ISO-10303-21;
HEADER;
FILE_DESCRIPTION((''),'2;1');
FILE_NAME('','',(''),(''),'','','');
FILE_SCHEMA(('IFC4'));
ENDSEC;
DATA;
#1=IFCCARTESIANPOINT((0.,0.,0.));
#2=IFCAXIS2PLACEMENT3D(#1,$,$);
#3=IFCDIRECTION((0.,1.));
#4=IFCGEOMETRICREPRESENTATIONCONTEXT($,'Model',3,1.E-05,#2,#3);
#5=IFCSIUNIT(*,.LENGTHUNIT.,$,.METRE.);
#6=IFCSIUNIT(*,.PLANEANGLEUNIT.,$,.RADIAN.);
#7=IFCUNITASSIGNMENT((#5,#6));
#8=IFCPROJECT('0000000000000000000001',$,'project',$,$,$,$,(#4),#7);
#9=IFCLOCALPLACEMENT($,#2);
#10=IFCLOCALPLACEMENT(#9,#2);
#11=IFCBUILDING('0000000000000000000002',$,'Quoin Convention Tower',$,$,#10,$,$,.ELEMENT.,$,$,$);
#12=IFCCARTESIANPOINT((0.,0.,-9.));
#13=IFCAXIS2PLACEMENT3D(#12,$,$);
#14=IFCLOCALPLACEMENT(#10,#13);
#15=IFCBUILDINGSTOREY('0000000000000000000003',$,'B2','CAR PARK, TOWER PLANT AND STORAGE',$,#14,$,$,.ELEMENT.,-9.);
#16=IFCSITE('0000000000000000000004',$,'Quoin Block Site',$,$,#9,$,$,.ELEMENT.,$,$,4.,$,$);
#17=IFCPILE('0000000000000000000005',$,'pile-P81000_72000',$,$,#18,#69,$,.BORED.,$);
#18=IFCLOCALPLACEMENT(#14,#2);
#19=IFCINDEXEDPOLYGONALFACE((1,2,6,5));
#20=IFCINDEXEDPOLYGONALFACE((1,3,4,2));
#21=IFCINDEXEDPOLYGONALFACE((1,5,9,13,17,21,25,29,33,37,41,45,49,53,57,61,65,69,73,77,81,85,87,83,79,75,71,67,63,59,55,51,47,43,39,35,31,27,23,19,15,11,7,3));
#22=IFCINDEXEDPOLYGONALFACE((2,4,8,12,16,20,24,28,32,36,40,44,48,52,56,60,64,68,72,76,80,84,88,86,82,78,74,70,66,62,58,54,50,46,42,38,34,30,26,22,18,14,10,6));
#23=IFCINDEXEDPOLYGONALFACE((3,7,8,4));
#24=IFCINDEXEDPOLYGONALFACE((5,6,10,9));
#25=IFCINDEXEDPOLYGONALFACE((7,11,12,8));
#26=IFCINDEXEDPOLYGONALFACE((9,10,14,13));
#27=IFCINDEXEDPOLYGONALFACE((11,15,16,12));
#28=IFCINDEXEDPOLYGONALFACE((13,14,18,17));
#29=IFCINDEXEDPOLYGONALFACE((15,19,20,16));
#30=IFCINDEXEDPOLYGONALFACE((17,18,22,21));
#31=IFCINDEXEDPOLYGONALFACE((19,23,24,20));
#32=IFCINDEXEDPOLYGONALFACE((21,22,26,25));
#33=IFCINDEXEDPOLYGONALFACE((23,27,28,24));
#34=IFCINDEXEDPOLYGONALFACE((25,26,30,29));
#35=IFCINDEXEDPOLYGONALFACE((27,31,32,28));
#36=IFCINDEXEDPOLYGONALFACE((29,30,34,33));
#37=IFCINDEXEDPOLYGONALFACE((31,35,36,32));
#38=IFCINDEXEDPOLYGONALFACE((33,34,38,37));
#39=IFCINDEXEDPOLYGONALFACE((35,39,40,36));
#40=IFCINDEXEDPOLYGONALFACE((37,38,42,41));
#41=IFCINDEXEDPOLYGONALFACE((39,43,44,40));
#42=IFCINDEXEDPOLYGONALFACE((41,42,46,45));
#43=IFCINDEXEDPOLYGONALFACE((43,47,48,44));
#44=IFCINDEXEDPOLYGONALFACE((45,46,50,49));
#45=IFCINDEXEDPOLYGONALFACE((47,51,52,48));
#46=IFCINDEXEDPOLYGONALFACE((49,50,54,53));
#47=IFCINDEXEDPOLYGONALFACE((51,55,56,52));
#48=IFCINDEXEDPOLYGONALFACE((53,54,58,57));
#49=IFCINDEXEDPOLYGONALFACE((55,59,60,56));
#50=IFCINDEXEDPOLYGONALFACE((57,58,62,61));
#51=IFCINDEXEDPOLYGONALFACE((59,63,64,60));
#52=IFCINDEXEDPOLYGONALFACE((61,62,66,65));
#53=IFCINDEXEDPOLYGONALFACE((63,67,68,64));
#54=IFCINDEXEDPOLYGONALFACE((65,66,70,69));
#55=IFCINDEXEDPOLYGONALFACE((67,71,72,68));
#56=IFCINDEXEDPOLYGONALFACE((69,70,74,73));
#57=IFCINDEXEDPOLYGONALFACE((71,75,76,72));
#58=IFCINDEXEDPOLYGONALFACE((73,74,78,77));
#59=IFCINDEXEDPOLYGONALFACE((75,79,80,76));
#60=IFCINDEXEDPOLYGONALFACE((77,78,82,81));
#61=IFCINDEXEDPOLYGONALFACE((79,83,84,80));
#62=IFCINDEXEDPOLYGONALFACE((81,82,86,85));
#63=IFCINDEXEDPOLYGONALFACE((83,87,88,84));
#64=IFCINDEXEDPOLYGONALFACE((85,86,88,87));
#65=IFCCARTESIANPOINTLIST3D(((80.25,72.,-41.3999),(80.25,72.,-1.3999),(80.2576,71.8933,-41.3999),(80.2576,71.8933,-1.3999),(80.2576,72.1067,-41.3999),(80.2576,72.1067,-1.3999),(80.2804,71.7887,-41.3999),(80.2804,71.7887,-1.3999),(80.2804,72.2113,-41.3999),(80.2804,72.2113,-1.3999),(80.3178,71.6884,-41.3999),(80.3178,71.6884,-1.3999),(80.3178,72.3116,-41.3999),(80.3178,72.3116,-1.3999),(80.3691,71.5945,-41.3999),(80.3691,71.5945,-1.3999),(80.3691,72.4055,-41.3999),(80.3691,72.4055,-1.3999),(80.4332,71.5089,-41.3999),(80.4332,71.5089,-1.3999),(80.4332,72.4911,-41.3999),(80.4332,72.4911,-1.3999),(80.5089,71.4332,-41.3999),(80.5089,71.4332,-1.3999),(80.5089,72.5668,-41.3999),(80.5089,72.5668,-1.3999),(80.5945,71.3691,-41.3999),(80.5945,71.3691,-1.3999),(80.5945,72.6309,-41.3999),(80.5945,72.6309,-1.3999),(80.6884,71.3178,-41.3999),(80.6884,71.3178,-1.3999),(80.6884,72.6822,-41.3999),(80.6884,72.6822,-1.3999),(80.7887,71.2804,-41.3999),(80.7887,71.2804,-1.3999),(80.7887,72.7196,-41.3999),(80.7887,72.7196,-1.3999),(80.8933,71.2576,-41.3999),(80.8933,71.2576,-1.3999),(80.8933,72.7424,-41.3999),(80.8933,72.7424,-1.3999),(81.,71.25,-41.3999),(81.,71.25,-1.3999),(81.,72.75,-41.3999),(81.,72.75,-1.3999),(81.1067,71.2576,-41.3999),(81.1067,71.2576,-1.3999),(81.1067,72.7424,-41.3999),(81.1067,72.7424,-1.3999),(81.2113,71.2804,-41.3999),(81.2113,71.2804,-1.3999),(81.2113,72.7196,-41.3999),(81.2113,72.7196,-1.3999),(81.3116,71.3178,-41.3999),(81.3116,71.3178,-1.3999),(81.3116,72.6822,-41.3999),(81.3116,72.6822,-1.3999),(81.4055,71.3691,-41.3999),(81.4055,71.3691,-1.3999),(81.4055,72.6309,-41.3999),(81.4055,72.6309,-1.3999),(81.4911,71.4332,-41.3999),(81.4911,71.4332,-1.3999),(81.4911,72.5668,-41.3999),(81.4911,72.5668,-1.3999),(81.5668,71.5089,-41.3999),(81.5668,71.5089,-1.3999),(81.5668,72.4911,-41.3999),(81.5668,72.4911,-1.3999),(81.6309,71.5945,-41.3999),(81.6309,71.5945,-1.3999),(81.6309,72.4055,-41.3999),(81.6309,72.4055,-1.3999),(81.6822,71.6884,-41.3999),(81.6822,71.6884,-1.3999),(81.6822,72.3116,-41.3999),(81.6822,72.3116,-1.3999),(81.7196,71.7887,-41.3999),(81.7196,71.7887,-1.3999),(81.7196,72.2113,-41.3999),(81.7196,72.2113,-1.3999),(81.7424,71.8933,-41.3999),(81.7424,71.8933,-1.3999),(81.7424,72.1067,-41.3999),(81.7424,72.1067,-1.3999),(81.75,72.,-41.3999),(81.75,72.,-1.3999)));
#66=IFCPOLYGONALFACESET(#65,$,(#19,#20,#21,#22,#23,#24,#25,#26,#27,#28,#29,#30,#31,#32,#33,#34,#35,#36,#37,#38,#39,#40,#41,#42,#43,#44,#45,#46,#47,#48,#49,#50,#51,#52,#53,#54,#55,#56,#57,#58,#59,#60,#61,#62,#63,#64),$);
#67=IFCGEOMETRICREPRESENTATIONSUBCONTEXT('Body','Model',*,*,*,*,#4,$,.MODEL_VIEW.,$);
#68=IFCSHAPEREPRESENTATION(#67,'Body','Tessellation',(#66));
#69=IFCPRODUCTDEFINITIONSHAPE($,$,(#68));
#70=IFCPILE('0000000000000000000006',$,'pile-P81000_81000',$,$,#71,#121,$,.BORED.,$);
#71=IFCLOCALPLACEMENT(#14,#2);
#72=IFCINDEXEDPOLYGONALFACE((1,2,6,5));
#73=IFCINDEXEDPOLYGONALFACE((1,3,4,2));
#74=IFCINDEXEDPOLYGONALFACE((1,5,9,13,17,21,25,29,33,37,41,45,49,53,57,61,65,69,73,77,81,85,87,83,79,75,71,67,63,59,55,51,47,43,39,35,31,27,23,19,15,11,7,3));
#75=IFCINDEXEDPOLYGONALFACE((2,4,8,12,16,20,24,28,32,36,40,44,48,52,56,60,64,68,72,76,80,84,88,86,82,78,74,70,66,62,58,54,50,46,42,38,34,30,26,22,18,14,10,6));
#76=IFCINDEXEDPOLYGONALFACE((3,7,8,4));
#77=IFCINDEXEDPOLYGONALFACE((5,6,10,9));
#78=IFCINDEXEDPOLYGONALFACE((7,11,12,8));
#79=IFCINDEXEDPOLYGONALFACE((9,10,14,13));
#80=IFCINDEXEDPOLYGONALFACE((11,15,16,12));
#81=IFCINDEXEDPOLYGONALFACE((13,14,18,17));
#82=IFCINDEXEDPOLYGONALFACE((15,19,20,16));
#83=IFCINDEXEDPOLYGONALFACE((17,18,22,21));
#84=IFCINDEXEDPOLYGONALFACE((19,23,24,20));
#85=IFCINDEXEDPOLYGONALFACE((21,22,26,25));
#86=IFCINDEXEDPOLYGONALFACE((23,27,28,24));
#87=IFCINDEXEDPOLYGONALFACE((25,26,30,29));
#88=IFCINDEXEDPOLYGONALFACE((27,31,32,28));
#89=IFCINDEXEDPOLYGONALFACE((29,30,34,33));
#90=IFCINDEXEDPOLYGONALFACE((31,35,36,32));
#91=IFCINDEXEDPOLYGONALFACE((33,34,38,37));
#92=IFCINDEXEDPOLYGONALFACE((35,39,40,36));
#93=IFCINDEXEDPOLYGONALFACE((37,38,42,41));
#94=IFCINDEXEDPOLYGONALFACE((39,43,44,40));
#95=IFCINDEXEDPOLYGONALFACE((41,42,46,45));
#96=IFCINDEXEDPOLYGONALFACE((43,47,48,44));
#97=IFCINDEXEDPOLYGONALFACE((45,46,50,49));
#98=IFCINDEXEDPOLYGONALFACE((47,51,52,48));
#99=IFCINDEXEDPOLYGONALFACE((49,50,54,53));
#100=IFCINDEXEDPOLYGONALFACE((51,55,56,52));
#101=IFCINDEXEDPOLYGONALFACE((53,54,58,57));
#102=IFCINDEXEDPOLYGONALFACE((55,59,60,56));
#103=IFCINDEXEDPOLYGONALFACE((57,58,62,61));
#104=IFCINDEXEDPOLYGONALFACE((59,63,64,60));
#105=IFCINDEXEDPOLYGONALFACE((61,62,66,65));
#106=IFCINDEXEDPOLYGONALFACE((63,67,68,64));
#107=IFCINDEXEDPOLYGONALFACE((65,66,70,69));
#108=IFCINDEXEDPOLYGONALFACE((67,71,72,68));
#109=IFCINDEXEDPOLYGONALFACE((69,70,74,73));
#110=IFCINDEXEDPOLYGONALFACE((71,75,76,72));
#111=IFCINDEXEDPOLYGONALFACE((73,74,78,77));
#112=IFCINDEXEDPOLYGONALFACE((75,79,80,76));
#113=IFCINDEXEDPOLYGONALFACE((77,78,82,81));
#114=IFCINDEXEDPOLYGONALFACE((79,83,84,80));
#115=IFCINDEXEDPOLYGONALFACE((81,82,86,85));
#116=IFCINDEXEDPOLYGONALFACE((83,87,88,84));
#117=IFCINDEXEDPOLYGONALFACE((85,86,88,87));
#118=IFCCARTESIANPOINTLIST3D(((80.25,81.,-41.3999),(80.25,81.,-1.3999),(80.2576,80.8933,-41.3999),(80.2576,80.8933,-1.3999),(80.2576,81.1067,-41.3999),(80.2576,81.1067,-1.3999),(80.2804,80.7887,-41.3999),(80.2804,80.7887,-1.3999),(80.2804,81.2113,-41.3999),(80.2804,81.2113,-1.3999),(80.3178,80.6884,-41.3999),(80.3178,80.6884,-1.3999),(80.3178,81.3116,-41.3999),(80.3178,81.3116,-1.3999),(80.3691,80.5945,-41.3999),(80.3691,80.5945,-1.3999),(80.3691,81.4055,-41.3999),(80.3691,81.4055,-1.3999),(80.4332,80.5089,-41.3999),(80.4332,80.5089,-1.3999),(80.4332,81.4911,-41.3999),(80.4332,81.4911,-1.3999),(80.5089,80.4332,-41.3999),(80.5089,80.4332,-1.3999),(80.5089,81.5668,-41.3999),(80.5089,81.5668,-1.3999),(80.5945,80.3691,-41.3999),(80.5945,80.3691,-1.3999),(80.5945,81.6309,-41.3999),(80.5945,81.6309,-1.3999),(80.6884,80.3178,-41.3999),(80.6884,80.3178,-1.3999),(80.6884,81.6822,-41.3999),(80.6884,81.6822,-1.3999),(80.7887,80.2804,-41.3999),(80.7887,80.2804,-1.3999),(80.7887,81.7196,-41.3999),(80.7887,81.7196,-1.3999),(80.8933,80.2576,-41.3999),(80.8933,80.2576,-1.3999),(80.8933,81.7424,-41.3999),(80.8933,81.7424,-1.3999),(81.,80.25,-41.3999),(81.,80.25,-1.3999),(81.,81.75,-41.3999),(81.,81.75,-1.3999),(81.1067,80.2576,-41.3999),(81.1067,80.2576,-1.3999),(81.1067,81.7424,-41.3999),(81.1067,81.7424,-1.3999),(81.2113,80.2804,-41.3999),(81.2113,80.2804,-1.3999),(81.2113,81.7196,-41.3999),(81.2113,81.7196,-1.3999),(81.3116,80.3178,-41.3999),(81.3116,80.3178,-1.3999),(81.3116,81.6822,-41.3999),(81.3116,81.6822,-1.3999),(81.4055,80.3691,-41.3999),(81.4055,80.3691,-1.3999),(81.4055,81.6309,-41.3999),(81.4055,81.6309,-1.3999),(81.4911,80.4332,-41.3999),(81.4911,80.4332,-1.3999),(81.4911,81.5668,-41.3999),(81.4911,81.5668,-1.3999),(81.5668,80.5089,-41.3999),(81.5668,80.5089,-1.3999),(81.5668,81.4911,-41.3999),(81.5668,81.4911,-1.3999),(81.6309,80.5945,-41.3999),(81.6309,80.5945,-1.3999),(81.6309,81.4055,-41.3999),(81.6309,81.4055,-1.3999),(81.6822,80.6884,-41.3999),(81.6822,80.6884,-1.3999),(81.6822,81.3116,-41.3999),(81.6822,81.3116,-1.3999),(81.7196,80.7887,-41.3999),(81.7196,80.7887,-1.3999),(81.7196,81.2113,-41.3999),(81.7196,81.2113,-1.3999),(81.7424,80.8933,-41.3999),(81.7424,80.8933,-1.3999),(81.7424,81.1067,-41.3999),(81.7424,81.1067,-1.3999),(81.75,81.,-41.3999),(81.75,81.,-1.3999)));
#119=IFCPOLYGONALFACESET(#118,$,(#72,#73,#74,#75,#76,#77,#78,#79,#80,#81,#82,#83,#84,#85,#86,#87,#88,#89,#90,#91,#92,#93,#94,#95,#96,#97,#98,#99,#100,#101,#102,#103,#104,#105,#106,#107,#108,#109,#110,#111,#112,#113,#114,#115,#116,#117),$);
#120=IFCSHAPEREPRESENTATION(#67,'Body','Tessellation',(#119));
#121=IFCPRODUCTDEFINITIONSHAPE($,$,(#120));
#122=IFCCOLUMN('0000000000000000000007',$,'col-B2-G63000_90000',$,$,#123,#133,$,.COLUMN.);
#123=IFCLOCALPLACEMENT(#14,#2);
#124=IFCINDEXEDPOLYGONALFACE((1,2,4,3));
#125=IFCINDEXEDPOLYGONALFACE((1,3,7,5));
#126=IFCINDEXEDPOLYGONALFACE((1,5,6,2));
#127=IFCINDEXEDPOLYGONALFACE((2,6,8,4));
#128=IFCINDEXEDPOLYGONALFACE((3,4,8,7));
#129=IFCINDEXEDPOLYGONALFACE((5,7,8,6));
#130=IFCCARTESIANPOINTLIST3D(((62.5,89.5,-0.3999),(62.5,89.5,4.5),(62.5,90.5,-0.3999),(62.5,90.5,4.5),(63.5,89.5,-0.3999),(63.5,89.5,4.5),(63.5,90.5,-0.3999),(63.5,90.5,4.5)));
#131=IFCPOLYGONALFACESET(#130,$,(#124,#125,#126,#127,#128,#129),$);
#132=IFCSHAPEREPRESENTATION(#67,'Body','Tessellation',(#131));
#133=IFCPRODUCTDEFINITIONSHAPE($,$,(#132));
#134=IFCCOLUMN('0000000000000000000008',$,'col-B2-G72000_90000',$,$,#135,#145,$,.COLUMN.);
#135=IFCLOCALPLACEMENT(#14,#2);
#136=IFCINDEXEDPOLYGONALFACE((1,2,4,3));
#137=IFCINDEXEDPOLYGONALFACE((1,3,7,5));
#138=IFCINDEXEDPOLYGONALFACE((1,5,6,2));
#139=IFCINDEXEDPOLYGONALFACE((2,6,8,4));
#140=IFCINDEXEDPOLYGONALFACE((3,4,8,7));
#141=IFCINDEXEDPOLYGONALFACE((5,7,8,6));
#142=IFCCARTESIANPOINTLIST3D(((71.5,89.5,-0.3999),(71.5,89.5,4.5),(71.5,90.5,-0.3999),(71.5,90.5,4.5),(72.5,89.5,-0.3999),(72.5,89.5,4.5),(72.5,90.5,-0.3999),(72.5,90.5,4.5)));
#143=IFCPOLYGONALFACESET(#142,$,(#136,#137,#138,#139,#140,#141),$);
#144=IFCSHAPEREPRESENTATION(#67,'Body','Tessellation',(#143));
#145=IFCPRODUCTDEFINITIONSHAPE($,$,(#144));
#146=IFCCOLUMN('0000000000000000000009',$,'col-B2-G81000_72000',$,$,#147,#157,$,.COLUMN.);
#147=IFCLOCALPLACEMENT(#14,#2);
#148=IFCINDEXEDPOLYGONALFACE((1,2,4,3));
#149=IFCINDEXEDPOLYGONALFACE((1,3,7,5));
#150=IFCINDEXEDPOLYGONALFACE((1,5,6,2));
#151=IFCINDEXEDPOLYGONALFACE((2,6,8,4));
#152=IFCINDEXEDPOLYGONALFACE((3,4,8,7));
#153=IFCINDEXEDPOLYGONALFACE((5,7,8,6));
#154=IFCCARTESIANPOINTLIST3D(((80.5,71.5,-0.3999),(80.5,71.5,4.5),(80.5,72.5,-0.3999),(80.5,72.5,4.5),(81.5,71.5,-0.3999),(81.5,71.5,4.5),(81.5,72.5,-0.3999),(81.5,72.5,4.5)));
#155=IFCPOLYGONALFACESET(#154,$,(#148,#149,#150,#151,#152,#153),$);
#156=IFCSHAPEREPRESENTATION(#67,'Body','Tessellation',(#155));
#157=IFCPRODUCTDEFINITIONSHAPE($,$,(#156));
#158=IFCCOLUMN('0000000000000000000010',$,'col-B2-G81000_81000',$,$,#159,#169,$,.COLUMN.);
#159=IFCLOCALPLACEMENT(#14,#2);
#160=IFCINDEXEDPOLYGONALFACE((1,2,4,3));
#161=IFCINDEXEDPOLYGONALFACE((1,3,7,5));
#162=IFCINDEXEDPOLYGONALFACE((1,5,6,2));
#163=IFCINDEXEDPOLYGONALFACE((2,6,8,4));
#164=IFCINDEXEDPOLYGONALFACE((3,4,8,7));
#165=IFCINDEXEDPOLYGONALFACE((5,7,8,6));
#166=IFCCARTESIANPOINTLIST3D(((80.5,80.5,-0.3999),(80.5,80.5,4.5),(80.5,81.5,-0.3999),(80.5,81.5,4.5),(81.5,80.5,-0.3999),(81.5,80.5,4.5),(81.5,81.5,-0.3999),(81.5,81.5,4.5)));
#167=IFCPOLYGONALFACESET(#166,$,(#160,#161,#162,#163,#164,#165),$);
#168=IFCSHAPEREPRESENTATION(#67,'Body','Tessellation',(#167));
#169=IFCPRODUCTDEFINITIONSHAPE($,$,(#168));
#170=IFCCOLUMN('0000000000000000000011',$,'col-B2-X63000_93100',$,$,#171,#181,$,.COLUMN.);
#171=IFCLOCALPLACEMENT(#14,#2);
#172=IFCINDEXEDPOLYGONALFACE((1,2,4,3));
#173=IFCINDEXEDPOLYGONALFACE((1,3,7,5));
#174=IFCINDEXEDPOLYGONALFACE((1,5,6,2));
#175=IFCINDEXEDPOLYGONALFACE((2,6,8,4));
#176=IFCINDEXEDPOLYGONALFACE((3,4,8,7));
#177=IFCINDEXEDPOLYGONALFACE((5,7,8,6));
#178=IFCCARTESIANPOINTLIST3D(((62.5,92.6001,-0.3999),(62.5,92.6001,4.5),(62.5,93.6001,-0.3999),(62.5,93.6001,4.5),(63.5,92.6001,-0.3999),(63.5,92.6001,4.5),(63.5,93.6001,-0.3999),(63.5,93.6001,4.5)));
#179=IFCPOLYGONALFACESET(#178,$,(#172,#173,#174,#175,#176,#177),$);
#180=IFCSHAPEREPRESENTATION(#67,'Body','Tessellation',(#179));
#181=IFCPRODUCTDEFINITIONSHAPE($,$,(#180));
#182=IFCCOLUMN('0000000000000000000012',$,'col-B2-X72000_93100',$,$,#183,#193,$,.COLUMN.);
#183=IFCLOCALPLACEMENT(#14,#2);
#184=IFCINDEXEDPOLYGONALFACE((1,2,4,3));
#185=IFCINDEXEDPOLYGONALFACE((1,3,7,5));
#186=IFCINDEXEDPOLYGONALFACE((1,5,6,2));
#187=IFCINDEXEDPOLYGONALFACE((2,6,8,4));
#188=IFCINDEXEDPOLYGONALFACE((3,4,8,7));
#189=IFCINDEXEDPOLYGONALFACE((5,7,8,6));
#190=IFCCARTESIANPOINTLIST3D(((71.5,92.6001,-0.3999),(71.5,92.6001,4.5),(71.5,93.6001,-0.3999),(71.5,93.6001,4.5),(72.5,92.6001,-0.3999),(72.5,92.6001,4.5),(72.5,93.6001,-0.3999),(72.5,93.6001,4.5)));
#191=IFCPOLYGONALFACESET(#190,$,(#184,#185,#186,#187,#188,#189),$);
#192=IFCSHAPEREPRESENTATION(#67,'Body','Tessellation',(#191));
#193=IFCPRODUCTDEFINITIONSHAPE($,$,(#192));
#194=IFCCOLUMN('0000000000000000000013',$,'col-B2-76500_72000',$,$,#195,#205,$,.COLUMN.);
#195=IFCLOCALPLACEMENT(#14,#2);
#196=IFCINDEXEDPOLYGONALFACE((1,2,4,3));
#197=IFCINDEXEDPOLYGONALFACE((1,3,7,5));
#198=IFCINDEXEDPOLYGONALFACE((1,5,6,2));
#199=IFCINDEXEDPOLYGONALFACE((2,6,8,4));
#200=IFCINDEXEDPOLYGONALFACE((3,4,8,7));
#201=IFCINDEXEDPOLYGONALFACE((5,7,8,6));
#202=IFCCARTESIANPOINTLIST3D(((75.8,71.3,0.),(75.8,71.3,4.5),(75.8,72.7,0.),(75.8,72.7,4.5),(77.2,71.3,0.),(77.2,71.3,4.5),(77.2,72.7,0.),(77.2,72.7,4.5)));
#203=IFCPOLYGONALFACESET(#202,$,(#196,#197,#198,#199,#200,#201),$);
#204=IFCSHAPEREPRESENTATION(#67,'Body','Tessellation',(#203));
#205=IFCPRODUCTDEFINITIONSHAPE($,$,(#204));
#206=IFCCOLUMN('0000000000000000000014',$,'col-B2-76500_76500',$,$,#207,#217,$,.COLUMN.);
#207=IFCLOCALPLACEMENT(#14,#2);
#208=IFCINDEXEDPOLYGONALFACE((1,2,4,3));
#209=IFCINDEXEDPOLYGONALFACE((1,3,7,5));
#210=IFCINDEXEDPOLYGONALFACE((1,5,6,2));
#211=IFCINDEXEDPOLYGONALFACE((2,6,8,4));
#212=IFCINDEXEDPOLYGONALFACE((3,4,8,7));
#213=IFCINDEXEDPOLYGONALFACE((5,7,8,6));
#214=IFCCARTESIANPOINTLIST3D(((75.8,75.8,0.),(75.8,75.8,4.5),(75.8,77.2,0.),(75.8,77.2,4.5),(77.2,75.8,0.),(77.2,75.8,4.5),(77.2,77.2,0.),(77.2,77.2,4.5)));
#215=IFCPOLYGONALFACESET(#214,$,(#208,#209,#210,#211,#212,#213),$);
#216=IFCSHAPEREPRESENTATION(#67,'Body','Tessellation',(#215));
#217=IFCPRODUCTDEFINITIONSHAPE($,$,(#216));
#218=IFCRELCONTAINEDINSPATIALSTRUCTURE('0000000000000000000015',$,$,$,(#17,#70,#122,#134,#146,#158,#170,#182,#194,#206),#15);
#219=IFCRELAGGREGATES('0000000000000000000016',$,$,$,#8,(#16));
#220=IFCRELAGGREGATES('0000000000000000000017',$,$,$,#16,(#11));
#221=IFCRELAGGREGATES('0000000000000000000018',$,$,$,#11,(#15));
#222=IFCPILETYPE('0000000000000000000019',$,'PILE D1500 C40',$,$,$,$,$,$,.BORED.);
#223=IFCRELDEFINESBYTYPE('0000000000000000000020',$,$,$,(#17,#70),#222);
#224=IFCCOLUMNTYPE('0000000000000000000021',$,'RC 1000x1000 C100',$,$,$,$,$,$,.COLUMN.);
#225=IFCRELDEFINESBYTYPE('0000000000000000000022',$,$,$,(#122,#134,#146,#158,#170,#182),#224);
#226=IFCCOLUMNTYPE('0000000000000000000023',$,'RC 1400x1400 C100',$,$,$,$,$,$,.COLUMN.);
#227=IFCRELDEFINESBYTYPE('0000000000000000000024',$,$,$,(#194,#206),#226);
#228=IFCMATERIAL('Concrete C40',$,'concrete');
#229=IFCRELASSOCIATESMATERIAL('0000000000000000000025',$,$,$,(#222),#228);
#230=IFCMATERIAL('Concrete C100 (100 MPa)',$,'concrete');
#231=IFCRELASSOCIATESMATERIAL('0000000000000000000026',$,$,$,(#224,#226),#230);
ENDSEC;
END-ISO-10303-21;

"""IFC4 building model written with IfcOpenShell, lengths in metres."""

from ifc_helpers import new_model, si_unit, direction, frame, origin, origin_2d, place, context, subcontext, project, spatial, rectangle, circle, extrude, material, material_profile, profile_set, type_object, element, save


model = new_model("IFC4")

# Units and contexts
model_context = context("Model", 3, precision=1e-05, world=origin(), true_north=direction((0.0, 1.0)))
body_context = subcontext(model_context, "Body", "Model", "MODEL_VIEW")
ifc_project = project(units=[si_unit("LENGTHUNIT", "METRE"), si_unit("PLANEANGLEUNIT", "RADIAN")], contexts=[model_context])

# Site, building, storey
site_placement = place(None, origin())
site = spatial("IfcSite", under=ifc_project, at=site_placement, Name="Quoin Block Site", CompositionType="ELEMENT", RefElevation=4.0)
building_placement = place(site_placement, origin())
building = spatial("IfcBuilding", under=site, at=building_placement, Name="Quoin Convention Tower", CompositionType="ELEMENT")
storey_placement = place(building_placement, frame((0.0, 0.0, -9.0)))
storey = spatial("IfcBuildingStorey", under=building, at=storey_placement, Name="B2", Description="CAR PARK, TOWER PLANT AND STORAGE", CompositionType="ELEMENT", Elevation=-9.0)

# Piles
ifc_material_1 = material(Name="Concrete C40", Category="concrete")
ifc_material_profile_1 = material_profile(ifc_material_1, circle(Radius=0.75, at=origin_2d()), Name="D1500")
ifc_profile_set_1 = profile_set([ifc_material_profile_1], Name="Concrete C40")
pile_type = type_object("IfcPileType", Name="PILE D1500 C40", PredefinedType="BORED", material=ifc_profile_set_1)
for number, where, z_axis, x_axis, name in (
    (1, (81.0, 72.0, -1.3999), (0.0, 0.0, -1.0), (1.0, 0.0, 0.0), "pile-P81000_72000"),
    (2, (81.0, 81.0, -1.3999), (0.0, 0.0, -1.0), (1.0, 0.0, 0.0), "pile-P81000_81000"),
):
    element("IfcPile", number, at=place(storey_placement, frame(where, z_axis=z_axis, x_axis=x_axis)), inside=storey, type_object=pile_type, Name=name, PredefinedType="BORED", context=body_context, shape_type="SweptSolid", body=[
        extrude(circle(Radius=0.75, at=origin_2d()), origin(), (0.0, 0.0, 1.0), 40.0),
    ])

# Columns
ifc_material_2 = material(Name="Concrete C100 (100 MPa)", Category="concrete")
ifc_material_profile_2 = material_profile(ifc_material_2, rectangle(XDim=1.0, YDim=1.0, at=origin_2d()), Name="RC 1000x1000")
ifc_profile_set_2 = profile_set([ifc_material_profile_2], Name="Concrete C100 (100 MPa)")
column_type_1 = type_object("IfcColumnType", Name="RC 1000x1000 C100", PredefinedType="COLUMN", material=ifc_profile_set_2)
for number, where, z_axis, x_axis, name in (
    (3, (63.0, 90.0, -0.3999), (0.0, 0.0, 1.0), (1.0, 0.0, 0.0), "col-B2-G63000_90000"),
    (4, (72.0, 90.0, -0.3999), (0.0, 0.0, 1.0), (1.0, 0.0, 0.0), "col-B2-G72000_90000"),
    (5, (81.0, 72.0, -0.3999), (0.0, 0.0, 1.0), (1.0, 0.0, 0.0), "col-B2-G81000_72000"),
    (6, (81.0, 81.0, -0.3999), (0.0, 0.0, 1.0), (1.0, 0.0, 0.0), "col-B2-G81000_81000"),
    (7, (63.0, 93.1001, -0.3999), (0.0, 0.0, 1.0), (1.0, 0.0, 0.0), "col-B2-X63000_93100"),
    (8, (72.0, 93.1001, -0.3999), (0.0, 0.0, 1.0), (1.0, 0.0, 0.0), "col-B2-X72000_93100"),
):
    element("IfcColumn", number, at=place(storey_placement, frame(where, z_axis=z_axis, x_axis=x_axis)), inside=storey, type_object=column_type_1, Name=name, PredefinedType="COLUMN", context=body_context, shape_type="SweptSolid", body=[
        extrude(rectangle(XDim=1.0, YDim=1.0, at=origin_2d()), origin(), (0.0, 0.0, 1.0), 4.8999),
    ])
ifc_material_profile_3 = material_profile(ifc_material_2, rectangle(XDim=1.3999, YDim=1.3999, at=origin_2d()), Name="RC 1400x1400")
ifc_profile_set_3 = profile_set([ifc_material_profile_3], Name="Concrete C100 (100 MPa)")
column_type_2 = type_object("IfcColumnType", Name="RC 1400x1400 C100", PredefinedType="COLUMN", material=ifc_profile_set_3)
for number, where, z_axis, x_axis, name in (
    (9, (76.5, 72.0, 0.0), (0.0, 0.0, 1.0), (1.0, 0.0, 0.0), "col-B2-76500_72000"),
    (10, (76.5, 76.5, 0.0), (0.0, 0.0, 1.0), (1.0, 0.0, 0.0), "col-B2-76500_76500"),
):
    element("IfcColumn", number, at=place(storey_placement, frame(where, z_axis=z_axis, x_axis=x_axis)), inside=storey, type_object=column_type_2, Name=name, PredefinedType="COLUMN", context=body_context, shape_type="SweptSolid", body=[
        extrude(rectangle(XDim=1.3999, YDim=1.3999, at=origin_2d()), origin(), (0.0, 0.0, 1.0), 4.5),
    ])

save(model, "model.ifc")
